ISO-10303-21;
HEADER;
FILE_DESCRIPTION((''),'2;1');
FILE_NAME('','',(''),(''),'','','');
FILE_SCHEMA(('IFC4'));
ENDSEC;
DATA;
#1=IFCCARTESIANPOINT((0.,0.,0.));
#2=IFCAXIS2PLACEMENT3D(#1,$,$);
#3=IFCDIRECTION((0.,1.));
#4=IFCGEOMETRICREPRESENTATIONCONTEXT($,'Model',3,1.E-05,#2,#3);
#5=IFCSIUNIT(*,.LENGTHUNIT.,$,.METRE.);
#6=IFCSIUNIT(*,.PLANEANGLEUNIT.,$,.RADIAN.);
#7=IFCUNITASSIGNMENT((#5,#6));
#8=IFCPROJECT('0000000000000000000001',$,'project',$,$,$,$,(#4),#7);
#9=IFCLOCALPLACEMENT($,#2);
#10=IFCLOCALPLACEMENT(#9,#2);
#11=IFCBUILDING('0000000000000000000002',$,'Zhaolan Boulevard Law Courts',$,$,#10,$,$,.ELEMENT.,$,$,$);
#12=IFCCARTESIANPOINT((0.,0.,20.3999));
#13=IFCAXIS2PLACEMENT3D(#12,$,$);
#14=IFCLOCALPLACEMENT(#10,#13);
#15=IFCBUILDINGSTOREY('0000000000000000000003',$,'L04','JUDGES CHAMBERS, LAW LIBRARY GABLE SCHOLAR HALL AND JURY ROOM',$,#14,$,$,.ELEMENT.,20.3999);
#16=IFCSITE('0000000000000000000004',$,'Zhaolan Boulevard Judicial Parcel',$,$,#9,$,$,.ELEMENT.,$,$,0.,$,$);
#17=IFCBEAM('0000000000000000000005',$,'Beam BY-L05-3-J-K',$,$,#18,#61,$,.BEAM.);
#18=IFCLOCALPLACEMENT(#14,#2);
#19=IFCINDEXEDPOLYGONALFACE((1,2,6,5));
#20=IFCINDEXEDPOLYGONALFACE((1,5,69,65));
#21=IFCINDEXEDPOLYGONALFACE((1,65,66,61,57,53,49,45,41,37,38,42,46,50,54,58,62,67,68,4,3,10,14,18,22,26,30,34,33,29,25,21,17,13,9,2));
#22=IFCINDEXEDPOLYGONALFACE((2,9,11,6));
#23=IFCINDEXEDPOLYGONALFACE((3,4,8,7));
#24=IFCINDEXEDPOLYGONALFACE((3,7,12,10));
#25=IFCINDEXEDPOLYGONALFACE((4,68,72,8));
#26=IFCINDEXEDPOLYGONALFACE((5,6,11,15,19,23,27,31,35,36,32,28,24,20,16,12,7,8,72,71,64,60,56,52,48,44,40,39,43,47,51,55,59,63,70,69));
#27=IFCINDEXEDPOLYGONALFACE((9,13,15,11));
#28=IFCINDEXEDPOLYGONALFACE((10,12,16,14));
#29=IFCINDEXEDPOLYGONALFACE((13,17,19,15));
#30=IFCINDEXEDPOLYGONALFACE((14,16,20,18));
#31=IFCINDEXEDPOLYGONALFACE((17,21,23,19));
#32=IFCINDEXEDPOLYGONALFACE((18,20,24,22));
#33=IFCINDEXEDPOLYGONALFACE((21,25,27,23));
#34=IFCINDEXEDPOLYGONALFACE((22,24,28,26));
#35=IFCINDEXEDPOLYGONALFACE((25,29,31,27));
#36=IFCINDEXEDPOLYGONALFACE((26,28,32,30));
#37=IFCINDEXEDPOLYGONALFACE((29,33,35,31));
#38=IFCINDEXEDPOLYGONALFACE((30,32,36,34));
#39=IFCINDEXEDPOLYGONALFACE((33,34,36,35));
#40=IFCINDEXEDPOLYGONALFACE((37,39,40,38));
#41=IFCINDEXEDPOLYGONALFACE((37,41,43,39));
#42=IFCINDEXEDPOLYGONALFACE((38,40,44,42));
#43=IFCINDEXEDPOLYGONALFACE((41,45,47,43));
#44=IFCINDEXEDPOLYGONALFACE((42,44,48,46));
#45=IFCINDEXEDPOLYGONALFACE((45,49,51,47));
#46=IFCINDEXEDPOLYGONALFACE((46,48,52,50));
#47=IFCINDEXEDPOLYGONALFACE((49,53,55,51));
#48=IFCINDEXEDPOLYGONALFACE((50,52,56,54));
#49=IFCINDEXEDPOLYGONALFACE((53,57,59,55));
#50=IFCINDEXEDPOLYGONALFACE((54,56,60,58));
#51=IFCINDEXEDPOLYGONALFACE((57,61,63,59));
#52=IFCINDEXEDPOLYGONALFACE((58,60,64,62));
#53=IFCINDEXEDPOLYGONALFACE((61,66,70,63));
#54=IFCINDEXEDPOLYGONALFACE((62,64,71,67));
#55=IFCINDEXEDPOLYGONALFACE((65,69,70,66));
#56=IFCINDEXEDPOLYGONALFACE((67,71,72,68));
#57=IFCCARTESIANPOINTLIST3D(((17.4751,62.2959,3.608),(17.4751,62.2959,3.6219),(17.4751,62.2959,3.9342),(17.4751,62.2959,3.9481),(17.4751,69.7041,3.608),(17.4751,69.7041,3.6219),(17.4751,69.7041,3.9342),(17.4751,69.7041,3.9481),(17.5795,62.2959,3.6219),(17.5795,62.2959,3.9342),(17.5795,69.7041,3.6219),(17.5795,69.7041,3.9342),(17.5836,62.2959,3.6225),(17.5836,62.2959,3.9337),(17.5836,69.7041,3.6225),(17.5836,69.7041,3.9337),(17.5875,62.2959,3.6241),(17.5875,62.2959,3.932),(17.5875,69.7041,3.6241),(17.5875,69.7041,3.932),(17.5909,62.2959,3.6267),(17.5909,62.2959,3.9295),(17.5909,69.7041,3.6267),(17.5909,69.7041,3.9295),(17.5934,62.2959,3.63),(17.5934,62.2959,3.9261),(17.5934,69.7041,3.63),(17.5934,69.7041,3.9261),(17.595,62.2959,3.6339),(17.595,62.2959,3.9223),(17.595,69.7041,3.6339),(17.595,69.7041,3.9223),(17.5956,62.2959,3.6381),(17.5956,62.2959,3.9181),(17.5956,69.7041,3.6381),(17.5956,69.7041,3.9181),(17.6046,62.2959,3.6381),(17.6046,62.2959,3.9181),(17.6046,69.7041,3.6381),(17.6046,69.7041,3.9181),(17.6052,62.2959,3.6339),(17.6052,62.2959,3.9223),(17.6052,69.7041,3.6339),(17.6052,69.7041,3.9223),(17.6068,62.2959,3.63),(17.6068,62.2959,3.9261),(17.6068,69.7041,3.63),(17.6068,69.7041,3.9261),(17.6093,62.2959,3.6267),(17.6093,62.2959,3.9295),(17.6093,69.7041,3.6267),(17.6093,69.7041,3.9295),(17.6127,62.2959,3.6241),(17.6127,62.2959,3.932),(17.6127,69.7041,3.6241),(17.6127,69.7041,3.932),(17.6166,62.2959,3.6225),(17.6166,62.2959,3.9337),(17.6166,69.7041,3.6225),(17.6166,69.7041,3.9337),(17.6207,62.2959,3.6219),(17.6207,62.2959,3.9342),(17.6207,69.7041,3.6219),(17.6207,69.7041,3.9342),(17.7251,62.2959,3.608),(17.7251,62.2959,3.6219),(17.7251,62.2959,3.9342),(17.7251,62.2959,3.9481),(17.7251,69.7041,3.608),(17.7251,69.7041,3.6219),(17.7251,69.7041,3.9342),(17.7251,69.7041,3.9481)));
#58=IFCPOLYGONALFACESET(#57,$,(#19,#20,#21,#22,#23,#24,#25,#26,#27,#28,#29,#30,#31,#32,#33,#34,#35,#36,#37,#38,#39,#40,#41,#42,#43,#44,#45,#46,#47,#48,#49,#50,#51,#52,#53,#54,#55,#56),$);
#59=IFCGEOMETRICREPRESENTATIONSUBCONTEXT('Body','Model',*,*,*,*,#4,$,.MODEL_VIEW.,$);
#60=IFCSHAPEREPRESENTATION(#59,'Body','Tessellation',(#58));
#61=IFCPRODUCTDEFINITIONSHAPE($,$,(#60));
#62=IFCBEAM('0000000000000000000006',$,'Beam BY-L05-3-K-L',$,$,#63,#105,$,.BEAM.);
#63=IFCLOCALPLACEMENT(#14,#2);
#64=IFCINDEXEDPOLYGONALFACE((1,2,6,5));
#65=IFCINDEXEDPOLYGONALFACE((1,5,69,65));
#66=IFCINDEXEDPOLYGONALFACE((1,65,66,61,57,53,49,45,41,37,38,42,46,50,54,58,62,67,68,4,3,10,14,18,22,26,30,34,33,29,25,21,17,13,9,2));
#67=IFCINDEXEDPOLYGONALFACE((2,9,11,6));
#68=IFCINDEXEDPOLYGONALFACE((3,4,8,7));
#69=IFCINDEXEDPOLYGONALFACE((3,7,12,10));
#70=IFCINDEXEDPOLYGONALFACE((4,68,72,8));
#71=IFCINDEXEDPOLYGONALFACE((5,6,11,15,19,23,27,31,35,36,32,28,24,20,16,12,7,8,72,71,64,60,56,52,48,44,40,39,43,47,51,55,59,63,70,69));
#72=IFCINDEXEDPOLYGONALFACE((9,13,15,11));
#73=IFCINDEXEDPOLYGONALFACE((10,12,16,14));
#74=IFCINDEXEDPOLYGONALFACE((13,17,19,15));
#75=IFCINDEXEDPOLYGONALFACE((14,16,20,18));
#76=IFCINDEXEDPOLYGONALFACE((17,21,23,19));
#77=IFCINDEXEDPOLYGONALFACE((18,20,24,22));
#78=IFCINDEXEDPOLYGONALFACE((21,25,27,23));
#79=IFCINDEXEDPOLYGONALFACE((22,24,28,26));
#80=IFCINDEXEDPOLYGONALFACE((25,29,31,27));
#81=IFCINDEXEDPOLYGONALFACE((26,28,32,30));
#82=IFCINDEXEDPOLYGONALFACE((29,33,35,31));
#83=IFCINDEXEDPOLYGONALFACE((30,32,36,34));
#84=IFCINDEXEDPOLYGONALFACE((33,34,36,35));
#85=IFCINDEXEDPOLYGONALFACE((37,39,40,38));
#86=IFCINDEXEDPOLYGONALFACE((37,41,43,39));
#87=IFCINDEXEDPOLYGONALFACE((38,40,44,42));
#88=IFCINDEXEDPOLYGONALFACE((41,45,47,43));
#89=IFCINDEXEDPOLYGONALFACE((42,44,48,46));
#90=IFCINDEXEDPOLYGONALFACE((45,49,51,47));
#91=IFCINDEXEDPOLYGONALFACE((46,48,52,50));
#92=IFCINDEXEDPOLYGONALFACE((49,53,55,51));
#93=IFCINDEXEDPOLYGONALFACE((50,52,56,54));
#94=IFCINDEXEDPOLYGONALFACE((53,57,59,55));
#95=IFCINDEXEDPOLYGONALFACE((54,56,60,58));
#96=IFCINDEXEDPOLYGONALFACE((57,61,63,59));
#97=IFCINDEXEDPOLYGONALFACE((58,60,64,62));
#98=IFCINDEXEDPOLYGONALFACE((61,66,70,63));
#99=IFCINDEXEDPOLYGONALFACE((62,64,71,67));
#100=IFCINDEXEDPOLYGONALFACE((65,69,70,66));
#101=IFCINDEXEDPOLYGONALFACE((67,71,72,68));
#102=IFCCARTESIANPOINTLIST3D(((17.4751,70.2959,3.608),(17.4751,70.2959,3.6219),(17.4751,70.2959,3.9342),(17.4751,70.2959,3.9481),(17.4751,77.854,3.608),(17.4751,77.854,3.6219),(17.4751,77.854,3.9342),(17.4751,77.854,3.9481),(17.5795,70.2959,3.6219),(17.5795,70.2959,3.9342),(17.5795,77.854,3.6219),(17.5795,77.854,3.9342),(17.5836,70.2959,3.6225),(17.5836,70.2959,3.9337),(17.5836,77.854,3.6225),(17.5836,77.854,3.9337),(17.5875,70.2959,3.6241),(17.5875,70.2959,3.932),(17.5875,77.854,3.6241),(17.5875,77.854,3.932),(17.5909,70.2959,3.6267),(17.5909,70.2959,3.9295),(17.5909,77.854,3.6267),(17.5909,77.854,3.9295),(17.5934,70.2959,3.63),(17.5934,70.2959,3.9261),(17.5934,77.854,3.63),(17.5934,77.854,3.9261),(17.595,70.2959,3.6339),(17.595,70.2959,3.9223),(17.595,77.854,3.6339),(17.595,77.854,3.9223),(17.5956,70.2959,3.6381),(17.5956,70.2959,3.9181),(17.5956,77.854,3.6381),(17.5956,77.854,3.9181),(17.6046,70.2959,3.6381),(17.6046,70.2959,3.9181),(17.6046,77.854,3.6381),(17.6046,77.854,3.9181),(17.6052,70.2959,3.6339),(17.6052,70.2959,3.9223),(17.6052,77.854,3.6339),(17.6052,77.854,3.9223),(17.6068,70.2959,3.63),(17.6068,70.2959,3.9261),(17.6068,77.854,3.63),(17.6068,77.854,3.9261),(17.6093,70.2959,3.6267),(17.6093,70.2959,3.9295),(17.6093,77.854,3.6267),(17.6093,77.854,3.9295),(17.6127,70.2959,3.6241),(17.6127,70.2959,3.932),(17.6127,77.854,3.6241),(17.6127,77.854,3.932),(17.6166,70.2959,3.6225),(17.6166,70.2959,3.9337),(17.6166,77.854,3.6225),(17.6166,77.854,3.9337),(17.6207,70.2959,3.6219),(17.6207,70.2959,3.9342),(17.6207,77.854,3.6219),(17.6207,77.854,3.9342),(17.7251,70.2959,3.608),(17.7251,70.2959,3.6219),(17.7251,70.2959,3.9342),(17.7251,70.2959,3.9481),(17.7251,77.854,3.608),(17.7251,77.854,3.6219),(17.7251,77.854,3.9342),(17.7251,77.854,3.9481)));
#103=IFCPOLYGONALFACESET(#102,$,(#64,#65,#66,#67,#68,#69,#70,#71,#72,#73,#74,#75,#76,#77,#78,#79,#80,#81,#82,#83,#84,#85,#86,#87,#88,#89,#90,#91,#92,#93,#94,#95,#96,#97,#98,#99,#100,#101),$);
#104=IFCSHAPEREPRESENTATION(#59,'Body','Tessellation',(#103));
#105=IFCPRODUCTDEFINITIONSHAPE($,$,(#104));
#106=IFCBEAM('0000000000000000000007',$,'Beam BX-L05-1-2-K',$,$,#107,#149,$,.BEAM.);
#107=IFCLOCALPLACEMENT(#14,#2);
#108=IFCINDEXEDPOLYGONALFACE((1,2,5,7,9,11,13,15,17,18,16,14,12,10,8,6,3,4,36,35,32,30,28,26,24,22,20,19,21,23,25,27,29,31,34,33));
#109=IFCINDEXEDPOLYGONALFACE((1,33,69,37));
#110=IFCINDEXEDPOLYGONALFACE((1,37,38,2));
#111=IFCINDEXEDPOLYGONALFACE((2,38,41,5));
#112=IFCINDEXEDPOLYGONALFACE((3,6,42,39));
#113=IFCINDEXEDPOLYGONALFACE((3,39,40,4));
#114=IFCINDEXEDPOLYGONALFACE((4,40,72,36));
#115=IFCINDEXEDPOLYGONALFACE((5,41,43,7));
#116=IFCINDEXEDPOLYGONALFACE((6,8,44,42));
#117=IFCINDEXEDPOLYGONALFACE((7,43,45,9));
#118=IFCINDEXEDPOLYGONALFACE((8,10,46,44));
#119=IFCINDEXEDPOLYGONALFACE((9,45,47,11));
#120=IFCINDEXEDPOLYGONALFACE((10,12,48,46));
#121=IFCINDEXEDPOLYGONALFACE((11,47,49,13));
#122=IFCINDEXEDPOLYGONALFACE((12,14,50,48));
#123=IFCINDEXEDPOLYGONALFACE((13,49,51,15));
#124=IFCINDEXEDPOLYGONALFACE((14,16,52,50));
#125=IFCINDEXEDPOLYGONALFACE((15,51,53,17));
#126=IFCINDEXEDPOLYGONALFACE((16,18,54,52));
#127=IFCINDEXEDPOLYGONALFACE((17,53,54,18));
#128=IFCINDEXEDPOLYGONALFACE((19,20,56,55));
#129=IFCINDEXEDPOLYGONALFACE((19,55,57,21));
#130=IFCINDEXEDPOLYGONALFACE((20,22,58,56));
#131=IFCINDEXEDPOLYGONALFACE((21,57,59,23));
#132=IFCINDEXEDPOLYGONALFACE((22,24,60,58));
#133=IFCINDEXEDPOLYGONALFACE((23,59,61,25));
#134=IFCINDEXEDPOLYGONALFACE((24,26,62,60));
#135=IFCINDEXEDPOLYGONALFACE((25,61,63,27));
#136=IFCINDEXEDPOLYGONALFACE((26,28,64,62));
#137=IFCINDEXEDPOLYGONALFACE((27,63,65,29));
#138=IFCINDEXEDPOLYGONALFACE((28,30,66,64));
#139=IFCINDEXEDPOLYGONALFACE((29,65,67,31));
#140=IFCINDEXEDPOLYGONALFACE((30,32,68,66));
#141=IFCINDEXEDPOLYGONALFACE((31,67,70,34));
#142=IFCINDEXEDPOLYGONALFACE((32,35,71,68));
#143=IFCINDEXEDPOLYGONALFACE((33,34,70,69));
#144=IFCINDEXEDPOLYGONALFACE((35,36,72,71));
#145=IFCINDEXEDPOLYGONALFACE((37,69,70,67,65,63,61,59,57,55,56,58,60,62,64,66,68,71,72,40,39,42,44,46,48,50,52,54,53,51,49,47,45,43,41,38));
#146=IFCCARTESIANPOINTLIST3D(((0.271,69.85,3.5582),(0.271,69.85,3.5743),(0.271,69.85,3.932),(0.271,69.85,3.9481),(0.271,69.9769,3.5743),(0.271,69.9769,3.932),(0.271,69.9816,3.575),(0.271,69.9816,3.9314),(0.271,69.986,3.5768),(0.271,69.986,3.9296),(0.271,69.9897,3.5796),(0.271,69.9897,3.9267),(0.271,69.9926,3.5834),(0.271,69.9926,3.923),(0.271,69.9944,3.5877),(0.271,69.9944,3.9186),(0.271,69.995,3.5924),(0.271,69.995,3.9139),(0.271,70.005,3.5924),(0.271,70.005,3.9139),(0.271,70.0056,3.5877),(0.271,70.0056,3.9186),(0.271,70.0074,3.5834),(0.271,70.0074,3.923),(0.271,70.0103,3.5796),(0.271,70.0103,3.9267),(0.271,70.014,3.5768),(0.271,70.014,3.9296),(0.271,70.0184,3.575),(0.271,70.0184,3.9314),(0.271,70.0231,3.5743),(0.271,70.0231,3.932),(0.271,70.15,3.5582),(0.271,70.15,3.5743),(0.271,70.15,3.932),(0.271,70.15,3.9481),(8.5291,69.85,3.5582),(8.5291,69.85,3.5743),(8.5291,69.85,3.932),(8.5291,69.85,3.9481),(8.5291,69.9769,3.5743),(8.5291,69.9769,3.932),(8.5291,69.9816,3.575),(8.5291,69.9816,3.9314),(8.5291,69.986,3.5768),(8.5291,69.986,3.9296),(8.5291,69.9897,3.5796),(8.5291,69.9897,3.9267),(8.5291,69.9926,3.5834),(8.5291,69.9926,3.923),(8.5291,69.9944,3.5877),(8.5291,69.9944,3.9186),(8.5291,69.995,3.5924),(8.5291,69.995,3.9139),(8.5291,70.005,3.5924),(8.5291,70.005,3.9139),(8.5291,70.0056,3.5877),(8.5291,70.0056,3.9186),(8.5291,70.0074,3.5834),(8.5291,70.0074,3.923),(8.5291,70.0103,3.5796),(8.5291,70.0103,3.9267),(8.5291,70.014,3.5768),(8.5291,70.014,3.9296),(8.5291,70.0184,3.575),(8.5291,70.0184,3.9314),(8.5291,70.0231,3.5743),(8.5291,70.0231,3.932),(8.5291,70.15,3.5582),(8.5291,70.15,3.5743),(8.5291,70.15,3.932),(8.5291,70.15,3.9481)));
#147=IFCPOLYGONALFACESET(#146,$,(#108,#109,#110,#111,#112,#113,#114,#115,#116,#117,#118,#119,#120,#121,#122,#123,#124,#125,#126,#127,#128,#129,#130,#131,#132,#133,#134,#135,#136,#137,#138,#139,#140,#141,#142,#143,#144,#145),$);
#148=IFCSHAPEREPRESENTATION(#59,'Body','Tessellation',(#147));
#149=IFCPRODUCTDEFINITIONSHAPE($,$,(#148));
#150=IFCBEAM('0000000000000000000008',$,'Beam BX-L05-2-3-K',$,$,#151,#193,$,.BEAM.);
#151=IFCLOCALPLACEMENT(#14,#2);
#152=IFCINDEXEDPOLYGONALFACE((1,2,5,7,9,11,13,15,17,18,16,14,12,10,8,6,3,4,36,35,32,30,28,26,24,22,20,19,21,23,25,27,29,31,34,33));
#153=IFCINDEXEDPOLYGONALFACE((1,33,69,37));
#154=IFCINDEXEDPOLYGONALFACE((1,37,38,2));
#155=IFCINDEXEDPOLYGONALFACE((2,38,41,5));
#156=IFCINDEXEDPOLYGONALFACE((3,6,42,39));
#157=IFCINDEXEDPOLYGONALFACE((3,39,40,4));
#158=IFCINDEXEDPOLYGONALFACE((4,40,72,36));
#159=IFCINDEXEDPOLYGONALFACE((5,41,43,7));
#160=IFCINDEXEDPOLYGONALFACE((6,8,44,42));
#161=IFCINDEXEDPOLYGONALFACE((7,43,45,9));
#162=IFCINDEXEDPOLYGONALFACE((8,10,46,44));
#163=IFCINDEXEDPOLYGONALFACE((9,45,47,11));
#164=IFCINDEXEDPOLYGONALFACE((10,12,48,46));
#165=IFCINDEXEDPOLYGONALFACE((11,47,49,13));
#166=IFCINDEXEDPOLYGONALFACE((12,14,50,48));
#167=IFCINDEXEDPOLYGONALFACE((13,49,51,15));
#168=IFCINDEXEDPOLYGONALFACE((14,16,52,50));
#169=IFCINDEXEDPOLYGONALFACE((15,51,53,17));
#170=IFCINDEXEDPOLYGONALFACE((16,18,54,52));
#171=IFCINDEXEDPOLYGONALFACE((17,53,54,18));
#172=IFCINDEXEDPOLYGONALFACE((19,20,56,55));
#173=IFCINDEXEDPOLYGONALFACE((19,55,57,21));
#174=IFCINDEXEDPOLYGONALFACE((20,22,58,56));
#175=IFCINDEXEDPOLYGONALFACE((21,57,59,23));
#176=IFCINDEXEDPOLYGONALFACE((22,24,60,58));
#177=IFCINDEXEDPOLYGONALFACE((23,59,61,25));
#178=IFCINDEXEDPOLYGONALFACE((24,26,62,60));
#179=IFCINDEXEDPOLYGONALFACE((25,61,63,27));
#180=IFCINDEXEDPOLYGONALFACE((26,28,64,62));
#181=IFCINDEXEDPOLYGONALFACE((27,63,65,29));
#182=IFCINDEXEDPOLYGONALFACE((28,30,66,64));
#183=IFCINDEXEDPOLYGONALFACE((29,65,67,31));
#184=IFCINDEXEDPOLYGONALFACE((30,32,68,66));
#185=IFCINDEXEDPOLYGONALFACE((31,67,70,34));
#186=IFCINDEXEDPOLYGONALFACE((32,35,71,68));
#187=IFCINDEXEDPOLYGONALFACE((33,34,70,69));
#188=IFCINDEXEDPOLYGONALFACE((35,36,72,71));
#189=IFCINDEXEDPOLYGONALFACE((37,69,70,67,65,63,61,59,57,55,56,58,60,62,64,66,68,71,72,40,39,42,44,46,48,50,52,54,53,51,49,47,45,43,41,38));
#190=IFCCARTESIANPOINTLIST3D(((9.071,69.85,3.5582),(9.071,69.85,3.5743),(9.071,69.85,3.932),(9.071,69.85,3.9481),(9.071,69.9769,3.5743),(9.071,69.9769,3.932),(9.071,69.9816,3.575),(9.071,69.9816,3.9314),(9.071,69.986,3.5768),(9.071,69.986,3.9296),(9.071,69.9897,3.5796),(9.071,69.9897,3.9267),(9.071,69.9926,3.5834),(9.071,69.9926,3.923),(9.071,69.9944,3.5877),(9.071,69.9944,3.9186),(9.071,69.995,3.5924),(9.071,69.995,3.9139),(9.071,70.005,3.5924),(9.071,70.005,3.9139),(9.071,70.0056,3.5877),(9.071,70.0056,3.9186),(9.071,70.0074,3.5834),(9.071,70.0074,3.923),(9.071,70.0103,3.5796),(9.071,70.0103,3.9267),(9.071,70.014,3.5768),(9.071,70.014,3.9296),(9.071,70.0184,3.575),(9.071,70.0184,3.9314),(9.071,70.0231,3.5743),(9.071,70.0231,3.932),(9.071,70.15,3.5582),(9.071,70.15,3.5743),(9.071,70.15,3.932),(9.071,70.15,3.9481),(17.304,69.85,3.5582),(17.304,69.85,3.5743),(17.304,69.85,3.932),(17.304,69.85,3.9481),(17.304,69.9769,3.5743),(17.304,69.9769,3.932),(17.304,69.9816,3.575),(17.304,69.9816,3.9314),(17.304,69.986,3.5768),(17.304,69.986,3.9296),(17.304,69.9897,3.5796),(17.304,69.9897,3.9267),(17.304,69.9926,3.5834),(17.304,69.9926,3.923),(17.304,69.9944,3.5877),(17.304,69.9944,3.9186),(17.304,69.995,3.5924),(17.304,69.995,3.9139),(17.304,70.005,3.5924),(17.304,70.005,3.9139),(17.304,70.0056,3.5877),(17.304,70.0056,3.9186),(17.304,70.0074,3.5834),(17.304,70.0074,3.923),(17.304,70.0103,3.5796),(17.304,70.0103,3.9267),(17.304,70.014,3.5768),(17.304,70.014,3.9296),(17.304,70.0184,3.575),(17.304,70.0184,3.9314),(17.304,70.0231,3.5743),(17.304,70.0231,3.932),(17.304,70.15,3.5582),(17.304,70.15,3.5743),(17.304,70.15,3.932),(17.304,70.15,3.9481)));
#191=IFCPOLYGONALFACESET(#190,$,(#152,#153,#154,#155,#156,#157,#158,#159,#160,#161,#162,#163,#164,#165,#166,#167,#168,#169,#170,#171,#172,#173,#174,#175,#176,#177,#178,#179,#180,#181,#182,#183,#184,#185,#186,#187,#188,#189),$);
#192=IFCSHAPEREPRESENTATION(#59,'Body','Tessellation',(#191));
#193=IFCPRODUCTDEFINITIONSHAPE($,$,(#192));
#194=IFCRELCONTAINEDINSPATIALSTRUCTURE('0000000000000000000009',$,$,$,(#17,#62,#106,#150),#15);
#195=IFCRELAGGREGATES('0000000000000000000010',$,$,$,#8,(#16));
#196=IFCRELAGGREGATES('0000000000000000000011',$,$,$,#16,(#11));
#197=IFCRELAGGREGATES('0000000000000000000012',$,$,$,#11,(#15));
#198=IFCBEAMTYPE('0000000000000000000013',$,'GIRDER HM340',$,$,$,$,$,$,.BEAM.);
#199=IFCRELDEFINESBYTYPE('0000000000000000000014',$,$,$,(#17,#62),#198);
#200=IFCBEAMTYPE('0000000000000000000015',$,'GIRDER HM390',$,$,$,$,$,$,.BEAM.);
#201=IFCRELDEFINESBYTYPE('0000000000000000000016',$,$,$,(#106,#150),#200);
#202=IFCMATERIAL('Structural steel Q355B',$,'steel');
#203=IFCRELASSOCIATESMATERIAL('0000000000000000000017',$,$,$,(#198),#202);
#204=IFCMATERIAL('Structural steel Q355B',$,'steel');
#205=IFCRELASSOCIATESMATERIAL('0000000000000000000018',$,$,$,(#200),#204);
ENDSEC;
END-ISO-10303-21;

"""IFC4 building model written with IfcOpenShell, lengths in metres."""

from ifc_helpers import new_model, si_unit, direction, frame, origin, origin_2d, place, context, subcontext, project, spatial, i_section, extrude, material, material_profile, profile_set, type_object, element, save


model = new_model("IFC4")

# Units and contexts
model_context = context("Model", 3, precision=1e-05, world=origin(), true_north=direction((0.0, 1.0)))
body_context = subcontext(model_context, "Body", "Model", "MODEL_VIEW")
ifc_project = project(units=[si_unit("LENGTHUNIT", "METRE"), si_unit("PLANEANGLEUNIT", "RADIAN")], contexts=[model_context])

# Site, building, storey
site_placement = place(None, origin())
site = spatial("IfcSite", under=ifc_project, at=site_placement, Name="Zhaolan Boulevard Judicial Parcel", CompositionType="ELEMENT", RefElevation=0.0)
building_placement = place(site_placement, origin())
building = spatial("IfcBuilding", under=site, at=building_placement, Name="Zhaolan Boulevard Law Courts", CompositionType="ELEMENT")
storey_placement = place(building_placement, frame((0.0, 0.0, 20.3999)))
storey = spatial("IfcBuildingStorey", under=building, at=storey_placement, Name="L04", Description="JUDGES CHAMBERS, LAW LIBRARY GABLE SCHOLAR HALL AND JURY ROOM", CompositionType="ELEMENT", Elevation=20.3999)

# Beams
ifc_material_1 = material(Name="Structural steel Q355B", Category="steel")
ifc_material_profile_1 = material_profile(ifc_material_1, i_section(OverallWidth=0.25, OverallDepth=0.3401, WebThickness=0.009, FlangeThickness=0.0139, FilletRadius=0.0161, at=origin_2d()), Name="HM340x250")
ifc_profile_set_1 = profile_set([ifc_material_profile_1], Name="Structural steel Q355B")
beam_type_1 = type_object("IfcBeamType", Name="GIRDER HM340", PredefinedType="BEAM", material=ifc_profile_set_1)
beam_1_placement = place(storey_placement, frame((17.6001, 62.2959, 3.7781), z_axis=(0.0, 1.0, 0.0), x_axis=(-1.0, 0.0, 0.0)))
element("IfcBeam", 1, at=beam_1_placement, inside=storey, type_object=beam_type_1, Name="Beam BY-L05-3-J-K", PredefinedType="BEAM", context=body_context, shape_type="SweptSolid", body=[
    extrude(i_section(OverallWidth=0.25, OverallDepth=0.3401, WebThickness=0.009, FlangeThickness=0.0139, FilletRadius=0.0161, at=origin_2d()), origin(), (0.0, 0.0, 1.0), 7.4082),
])
beam_2_placement = place(storey_placement, frame((17.6001, 70.2959, 3.7781), z_axis=(0.0, 1.0, 0.0), x_axis=(-1.0, 0.0, 0.0)))
element("IfcBeam", 2, at=beam_2_placement, inside=storey, type_object=beam_type_1, Name="Beam BY-L05-3-K-L", PredefinedType="BEAM", context=body_context, shape_type="SweptSolid", body=[
    extrude(i_section(OverallWidth=0.25, OverallDepth=0.3401, WebThickness=0.009, FlangeThickness=0.0139, FilletRadius=0.0161, at=origin_2d()), origin(), (0.0, 0.0, 1.0), 7.5581),
])
ifc_material_2 = material(Name="Structural steel Q355B", Category="steel")
ifc_material_profile_2 = material_profile(ifc_material_2, i_section(OverallWidth=0.3, OverallDepth=0.3899, WebThickness=0.01, FlangeThickness=0.0161, FilletRadius=0.0181, at=origin_2d()), Name="HM390x300")
ifc_profile_set_2 = profile_set([ifc_material_profile_2], Name="Structural steel Q355B")
beam_type_2 = type_object("IfcBeamType", Name="GIRDER HM390", PredefinedType="BEAM", material=ifc_profile_set_2)
beam_3_placement = place(storey_placement, frame((0.271, 70.0, 3.7532), z_axis=(1.0, 0.0, 0.0), x_axis=(0.0, 1.0, 0.0)))
element("IfcBeam", 3, at=beam_3_placement, inside=storey, type_object=beam_type_2, Name="Beam BX-L05-1-2-K", PredefinedType="BEAM", context=body_context, shape_type="SweptSolid", body=[
    extrude(i_section(OverallWidth=0.3, OverallDepth=0.3899, WebThickness=0.01, FlangeThickness=0.0161, FilletRadius=0.0181, at=origin_2d()), origin(), (0.0, 0.0, 1.0), 8.2581),
])
beam_4_placement = place(storey_placement, frame((9.071, 70.0, 3.7532), z_axis=(1.0, 0.0, 0.0), x_axis=(0.0, 1.0, 0.0)))
element("IfcBeam", 4, at=beam_4_placement, inside=storey, type_object=beam_type_2, Name="Beam BX-L05-2-3-K", PredefinedType="BEAM", context=body_context, shape_type="SweptSolid", body=[
    extrude(i_section(OverallWidth=0.3, OverallDepth=0.3899, WebThickness=0.01, FlangeThickness=0.0161, FilletRadius=0.0181, at=origin_2d()), origin(), (0.0, 0.0, 1.0), 8.2329),
])

save(model, "model.ifc")
